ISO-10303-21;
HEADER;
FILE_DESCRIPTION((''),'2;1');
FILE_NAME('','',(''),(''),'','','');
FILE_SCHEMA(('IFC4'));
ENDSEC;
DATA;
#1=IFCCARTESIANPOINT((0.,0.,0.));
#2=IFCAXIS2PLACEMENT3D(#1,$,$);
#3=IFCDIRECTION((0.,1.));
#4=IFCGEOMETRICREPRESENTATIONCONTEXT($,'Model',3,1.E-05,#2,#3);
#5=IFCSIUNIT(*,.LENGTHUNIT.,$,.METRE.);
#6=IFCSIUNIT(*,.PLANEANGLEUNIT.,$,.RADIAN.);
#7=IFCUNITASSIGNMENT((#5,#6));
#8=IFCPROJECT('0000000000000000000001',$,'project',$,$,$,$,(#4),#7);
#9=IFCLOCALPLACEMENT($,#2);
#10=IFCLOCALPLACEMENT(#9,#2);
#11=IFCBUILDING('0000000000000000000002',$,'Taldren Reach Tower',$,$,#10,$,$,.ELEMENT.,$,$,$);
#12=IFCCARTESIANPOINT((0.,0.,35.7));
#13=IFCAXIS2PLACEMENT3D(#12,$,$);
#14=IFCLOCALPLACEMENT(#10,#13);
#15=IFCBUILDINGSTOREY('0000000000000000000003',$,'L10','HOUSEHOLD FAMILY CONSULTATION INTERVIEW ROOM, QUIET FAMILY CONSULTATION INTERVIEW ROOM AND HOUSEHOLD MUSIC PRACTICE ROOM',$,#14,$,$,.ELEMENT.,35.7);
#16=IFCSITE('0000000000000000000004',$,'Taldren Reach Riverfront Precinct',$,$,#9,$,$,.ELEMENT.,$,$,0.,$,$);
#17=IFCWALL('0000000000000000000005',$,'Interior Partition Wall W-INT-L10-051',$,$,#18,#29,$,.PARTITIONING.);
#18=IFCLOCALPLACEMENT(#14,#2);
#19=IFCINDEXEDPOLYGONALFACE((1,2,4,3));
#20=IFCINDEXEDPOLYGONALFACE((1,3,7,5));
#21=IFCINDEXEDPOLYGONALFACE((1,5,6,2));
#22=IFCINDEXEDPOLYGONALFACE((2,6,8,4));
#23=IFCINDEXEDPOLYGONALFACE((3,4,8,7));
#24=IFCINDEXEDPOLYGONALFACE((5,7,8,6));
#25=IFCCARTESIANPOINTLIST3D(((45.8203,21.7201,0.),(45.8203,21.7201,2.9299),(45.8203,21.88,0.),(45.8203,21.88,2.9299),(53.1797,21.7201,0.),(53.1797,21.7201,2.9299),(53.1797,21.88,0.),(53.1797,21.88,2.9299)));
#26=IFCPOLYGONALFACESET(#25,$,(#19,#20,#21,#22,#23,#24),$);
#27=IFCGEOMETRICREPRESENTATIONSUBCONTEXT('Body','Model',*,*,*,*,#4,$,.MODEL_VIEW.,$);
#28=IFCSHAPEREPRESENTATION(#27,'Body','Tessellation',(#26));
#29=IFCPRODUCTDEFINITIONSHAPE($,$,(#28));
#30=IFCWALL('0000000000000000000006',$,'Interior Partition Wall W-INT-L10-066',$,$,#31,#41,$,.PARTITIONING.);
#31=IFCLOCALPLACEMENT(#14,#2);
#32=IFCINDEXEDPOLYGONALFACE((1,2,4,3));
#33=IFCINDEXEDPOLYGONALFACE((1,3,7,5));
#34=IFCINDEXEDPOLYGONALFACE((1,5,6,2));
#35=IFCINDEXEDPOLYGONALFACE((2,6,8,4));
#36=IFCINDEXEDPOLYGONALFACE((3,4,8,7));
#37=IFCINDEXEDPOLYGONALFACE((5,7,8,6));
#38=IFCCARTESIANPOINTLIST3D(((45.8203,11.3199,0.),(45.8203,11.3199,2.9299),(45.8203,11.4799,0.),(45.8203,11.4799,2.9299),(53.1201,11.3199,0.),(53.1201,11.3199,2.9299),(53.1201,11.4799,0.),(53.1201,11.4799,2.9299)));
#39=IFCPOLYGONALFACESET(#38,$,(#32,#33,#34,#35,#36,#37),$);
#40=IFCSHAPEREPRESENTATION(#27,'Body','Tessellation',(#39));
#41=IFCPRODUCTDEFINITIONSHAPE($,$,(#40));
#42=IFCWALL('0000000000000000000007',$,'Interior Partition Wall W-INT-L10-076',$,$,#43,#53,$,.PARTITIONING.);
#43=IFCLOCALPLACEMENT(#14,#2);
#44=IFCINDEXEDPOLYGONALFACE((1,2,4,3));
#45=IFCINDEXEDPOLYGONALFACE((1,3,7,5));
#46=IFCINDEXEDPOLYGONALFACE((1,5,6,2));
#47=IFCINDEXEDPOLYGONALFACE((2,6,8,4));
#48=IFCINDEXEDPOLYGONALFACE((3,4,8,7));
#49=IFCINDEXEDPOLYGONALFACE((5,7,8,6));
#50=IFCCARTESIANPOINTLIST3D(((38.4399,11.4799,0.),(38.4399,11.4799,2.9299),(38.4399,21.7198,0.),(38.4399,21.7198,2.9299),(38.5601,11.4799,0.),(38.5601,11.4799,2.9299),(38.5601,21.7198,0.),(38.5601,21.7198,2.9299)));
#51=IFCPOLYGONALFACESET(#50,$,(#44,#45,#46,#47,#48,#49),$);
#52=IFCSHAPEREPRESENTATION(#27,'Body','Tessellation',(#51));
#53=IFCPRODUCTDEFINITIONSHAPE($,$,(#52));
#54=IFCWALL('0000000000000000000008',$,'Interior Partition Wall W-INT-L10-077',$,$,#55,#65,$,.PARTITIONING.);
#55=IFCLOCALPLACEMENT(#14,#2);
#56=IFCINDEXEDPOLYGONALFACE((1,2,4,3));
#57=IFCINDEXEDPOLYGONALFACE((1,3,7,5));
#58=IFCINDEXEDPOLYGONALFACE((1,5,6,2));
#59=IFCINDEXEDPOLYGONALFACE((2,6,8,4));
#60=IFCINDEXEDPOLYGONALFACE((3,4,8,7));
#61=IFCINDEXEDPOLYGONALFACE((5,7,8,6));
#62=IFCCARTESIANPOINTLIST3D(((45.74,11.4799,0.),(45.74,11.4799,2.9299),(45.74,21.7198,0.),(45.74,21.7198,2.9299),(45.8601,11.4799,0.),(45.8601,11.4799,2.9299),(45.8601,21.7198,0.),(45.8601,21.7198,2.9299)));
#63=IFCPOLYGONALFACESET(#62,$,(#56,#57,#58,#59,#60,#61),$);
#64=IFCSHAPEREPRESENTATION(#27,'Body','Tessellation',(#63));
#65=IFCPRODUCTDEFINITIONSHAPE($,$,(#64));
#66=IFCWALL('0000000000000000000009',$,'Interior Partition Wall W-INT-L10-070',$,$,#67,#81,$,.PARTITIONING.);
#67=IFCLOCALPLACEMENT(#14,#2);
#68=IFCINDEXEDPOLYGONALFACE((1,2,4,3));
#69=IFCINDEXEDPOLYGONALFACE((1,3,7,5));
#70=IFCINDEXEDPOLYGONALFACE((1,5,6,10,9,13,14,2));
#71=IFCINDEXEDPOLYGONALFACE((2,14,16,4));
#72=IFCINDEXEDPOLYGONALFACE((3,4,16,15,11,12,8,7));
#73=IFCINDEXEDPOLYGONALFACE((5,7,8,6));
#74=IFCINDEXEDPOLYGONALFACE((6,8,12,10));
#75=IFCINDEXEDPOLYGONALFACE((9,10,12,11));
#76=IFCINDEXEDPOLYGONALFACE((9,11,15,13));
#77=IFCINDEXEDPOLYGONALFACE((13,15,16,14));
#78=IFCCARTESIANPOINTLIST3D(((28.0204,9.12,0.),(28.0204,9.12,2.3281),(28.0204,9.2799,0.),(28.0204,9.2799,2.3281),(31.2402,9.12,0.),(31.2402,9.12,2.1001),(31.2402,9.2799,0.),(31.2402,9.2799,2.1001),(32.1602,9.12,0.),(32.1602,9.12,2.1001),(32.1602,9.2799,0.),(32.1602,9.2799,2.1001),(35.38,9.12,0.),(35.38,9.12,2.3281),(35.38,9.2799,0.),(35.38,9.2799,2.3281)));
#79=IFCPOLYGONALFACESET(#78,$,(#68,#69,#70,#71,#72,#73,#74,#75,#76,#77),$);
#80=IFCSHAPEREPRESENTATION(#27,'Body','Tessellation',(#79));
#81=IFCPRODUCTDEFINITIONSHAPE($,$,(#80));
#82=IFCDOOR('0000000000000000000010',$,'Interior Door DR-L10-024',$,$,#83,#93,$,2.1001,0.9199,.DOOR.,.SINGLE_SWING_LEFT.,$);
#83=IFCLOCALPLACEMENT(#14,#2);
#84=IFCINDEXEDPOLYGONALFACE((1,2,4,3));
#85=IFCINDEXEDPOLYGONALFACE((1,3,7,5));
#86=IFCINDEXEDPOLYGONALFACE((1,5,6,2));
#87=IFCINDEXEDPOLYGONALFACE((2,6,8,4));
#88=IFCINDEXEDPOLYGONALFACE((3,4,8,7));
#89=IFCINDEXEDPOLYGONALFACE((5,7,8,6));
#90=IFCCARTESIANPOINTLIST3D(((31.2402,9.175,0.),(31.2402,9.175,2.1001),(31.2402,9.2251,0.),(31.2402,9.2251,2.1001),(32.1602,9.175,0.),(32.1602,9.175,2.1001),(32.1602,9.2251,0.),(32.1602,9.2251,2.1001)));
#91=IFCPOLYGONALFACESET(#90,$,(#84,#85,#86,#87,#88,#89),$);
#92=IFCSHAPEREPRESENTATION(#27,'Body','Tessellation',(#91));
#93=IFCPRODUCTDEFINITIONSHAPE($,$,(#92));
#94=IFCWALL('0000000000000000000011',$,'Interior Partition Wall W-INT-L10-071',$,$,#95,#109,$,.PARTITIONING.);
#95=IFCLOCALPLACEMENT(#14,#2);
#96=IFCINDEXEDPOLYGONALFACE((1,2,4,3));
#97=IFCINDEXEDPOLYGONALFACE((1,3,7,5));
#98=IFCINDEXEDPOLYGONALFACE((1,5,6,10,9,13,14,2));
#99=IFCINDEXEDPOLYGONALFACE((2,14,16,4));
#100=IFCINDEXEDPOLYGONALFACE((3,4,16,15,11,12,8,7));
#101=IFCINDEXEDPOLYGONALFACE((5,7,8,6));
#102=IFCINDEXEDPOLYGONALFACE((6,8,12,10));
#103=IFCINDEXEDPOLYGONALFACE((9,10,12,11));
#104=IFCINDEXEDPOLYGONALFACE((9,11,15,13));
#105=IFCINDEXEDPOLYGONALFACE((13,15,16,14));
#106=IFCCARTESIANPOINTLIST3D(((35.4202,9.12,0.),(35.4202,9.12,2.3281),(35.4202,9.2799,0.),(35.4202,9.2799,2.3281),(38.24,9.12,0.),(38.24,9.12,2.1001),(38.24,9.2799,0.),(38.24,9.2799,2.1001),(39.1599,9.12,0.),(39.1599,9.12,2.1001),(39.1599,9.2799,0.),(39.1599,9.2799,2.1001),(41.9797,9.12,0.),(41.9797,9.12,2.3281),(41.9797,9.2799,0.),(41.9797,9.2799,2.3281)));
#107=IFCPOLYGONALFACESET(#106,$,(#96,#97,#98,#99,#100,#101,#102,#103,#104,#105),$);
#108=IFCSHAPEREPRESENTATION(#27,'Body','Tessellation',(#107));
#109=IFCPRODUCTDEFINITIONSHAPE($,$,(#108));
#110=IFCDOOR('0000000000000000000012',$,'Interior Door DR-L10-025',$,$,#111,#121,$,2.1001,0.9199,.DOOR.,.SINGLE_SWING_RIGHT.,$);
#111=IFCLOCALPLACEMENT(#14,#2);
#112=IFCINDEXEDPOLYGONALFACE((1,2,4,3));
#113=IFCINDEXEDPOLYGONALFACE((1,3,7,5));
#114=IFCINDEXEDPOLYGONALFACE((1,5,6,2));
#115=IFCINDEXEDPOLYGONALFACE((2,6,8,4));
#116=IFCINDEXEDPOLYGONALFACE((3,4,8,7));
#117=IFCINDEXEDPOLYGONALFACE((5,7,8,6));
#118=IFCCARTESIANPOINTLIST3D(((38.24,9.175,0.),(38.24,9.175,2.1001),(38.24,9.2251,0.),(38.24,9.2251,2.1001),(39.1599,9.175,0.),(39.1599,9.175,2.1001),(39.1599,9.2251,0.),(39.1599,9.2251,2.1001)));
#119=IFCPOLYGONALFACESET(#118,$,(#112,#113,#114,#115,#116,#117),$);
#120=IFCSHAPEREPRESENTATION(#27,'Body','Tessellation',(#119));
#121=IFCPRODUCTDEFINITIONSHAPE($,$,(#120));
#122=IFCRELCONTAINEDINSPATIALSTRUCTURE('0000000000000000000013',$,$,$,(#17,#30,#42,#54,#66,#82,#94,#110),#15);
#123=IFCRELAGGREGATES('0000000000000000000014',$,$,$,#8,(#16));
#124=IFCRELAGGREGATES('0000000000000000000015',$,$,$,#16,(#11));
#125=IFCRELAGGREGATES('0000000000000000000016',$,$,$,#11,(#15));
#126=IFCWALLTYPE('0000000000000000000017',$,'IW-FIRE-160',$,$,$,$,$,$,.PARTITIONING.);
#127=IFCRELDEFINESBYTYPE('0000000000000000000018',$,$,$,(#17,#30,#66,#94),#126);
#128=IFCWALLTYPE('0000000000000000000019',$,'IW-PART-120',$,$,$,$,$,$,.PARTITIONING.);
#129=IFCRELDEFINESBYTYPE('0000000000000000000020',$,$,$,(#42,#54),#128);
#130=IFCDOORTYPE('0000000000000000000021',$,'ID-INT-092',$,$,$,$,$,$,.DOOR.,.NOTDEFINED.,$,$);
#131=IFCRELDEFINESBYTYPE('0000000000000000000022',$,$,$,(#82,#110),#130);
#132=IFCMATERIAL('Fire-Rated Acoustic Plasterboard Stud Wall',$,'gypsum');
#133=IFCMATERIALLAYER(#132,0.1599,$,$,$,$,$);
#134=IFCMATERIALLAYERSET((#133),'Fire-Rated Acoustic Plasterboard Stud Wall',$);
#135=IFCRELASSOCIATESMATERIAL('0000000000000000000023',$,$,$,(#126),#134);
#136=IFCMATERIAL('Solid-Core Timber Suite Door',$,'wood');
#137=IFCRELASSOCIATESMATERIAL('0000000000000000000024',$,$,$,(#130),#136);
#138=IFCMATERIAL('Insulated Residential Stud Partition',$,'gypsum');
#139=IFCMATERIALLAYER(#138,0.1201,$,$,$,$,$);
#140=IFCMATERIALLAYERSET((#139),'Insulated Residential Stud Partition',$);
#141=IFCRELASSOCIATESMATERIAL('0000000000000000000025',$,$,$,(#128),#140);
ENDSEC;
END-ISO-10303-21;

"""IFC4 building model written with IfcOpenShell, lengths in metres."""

from ifc_helpers import new_model, si_unit, direction, frame, frame_2d, origin, place, context, subcontext, project, spatial, rectangle, extrude, source, transform, mapped, material, layer, layer_set, type_object, element, fill, save


model = new_model("IFC4")

# Units and contexts
model_context = context("Model", 3, precision=1e-05, world=origin(), true_north=direction((0.0, 1.0)))
body_context = subcontext(model_context, "Body", "Model", "MODEL_VIEW")
ifc_project = project(units=[si_unit("LENGTHUNIT", "METRE"), si_unit("PLANEANGLEUNIT", "RADIAN")], contexts=[model_context])

# Site, building, storey
site_placement = place(None, origin())
site = spatial("IfcSite", under=ifc_project, at=site_placement, Name="Taldren Reach Riverfront Precinct", CompositionType="ELEMENT", RefElevation=0.0)
building_placement = place(site_placement, origin())
building = spatial("IfcBuilding", under=site, at=building_placement, Name="Taldren Reach Tower", CompositionType="ELEMENT")
storey_placement = place(building_placement, frame((0.0, 0.0, 35.7)))
storey = spatial("IfcBuildingStorey", under=building, at=storey_placement, Name="L10", Description="HOUSEHOLD FAMILY CONSULTATION INTERVIEW ROOM, QUIET FAMILY CONSULTATION INTERVIEW ROOM AND HOUSEHOLD MUSIC PRACTICE ROOM", CompositionType="ELEMENT", Elevation=35.7)

# Shared definitions
ifc_material_1 = material(Name="Fire-Rated Acoustic Plasterboard Stud Wall", Category="gypsum")
ifc_layer_1 = layer(ifc_material_1, 0.1599)
ifc_layer_set_1 = layer_set([ifc_layer_1], Name="Fire-Rated Acoustic Plasterboard Stud Wall")
wall_type_1 = type_object("IfcWallType", Name="IW-FIRE-160", PredefinedType="PARTITIONING", material=ifc_layer_set_1)

# Shared definitions
shared_shape_1 = source(origin(), body_context, "Body", "SweptSolid", [
    extrude(rectangle(XDim=0.9199, YDim=2.1001, at=frame_2d((0.46, 1.05))), frame((0.0, 0.0898, 0.0), z_axis=(0.0, -1.0, 0.0), x_axis=(1.0, 0.0, 0.0)), (0.0, 0.0, 1.0), 0.1799),
])
ifc_material_2 = material(Name="Solid-Core Timber Suite Door", Category="wood")
door_type_1 = type_object("IfcDoorType", Name="ID-INT-092", OperationType="NOTDEFINED", PredefinedType="DOOR", material=ifc_material_2)
shared_shape_2 = source(origin(), body_context, "Body", "SweptSolid", [
    extrude(rectangle(XDim=0.9199, YDim=2.1001, at=frame_2d((0.46, 1.05))), frame((0.0, 0.0249, 0.0), z_axis=(0.0, -1.0, 0.0), x_axis=(1.0, 0.0, 0.0)), (0.0, 0.0, 1.0), 0.05),
])

# Walls
shared_shape_3 = source(origin(), body_context, "Body", "SweptSolid", [
    extrude(rectangle(XDim=7.3594, YDim=0.1599, at=frame_2d((3.6797, 0.0))), origin(), (0.0, 0.0, 1.0), 2.9299),
])
wall_1_placement = place(storey_placement, frame((53.1797, 21.8, 0.0), z_axis=(0.0, 0.0, 1.0), x_axis=(-1.0, 0.0, 0.0)))
element("IfcWall", 1, at=wall_1_placement, inside=storey, type_object=wall_type_1, Name="Interior Partition Wall W-INT-L10-051", PredefinedType="PARTITIONING", context=body_context, shape_type="MappedRepresentation", body=[
    mapped(shared_shape_3, transform((0.0, 0.0, 0.0), scale=1.0)),
])
shared_shape_4 = source(origin(), body_context, "Body", "SweptSolid", [
    extrude(rectangle(XDim=7.2998, YDim=0.1599, at=frame_2d((3.6499, 0.0))), origin(), (0.0, 0.0, 1.0), 2.9299),
])
wall_2_placement = place(storey_placement, frame((45.8203, 11.3999, 0.0), z_axis=(0.0, 0.0, 1.0), x_axis=(1.0, 0.0, 0.0)))
element("IfcWall", 2, at=wall_2_placement, inside=storey, type_object=wall_type_1, Name="Interior Partition Wall W-INT-L10-066", PredefinedType="PARTITIONING", context=body_context, shape_type="MappedRepresentation", body=[
    mapped(shared_shape_4, transform((0.0, 0.0, 0.0), scale=1.0)),
])
ifc_material_3 = material(Name="Insulated Residential Stud Partition", Category="gypsum")
ifc_layer_2 = layer(ifc_material_3, 0.1201)
ifc_layer_set_2 = layer_set([ifc_layer_2], Name="Insulated Residential Stud Partition")
wall_type_2 = type_object("IfcWallType", Name="IW-PART-120", PredefinedType="PARTITIONING", material=ifc_layer_set_2)
shared_shape_5 = source(origin(), body_context, "Body", "SweptSolid", [
    extrude(rectangle(XDim=10.24, YDim=0.1201, at=frame_2d((5.1201, 0.0))), origin(), (0.0, 0.0, 1.0), 2.9299),
])
for number, where, z_axis, x_axis, name in (
    (3, (38.5, 21.72, 0.0), (0.0, 0.0, 1.0), (0.0, -1.0, 0.0), "Interior Partition Wall W-INT-L10-076"),
    (4, (45.8, 21.72, 0.0), (0.0, 0.0, 1.0), (0.0, -1.0, 0.0), "Interior Partition Wall W-INT-L10-077"),
):
    element("IfcWall", number, at=place(storey_placement, frame(where, z_axis=z_axis, x_axis=x_axis)), inside=storey, type_object=wall_type_2, Name=name, PredefinedType="PARTITIONING", context=body_context, shape_type="MappedRepresentation", body=[
        mapped(shared_shape_5, transform((0.0, 0.0, 0.0), scale=1.0)),
    ])

# Walls, openings, doors
shared_shape_6 = source(origin(), body_context, "Body", "SweptSolid", [
    extrude(rectangle(XDim=7.3596, YDim=0.1599, at=frame_2d((3.6797, 0.0))), origin(), (0.0, 0.0, 1.0), 2.3281),
])
wall_3_placement = place(storey_placement, frame((35.3799, 9.2, 0.0), z_axis=(0.0, 0.0, 1.0), x_axis=(-1.0, 0.0, 0.0)))
wall_3 = element("IfcWall", 5, at=wall_3_placement, inside=storey, type_object=wall_type_1, Name="Interior Partition Wall W-INT-L10-070", PredefinedType="PARTITIONING", context=body_context, shape_type="MappedRepresentation", body=[
    mapped(shared_shape_6, transform((0.0, 0.0, 0.0), scale=1.0)),
])
opening_1_placement = place(wall_3_placement, frame((3.2197, 0.0, 0.0)))
opening_1 = element("IfcOpeningElement", 6, at=opening_1_placement, cuts=wall_3, PredefinedType="OPENING", context=body_context, shape_type="MappedRepresentation", body=[
    mapped(shared_shape_1, transform((0.0, 0.0, 0.0), scale=1.0)),
])
door_1_placement = place(opening_1_placement, origin())
door_1 = element("IfcDoor", 7, at=door_1_placement, inside=storey, type_object=door_type_1, Name="Interior Door DR-L10-024", OperationType="SINGLE_SWING_LEFT", OverallHeight=2.1001, OverallWidth=0.9199, PredefinedType="DOOR", context=body_context, shape_type="MappedRepresentation", body=[
    mapped(shared_shape_2, transform((0.0, 0.0, 0.0), scale=1.0)),
])
fill(opening_1, door_1)
shared_shape_7 = source(origin(), body_context, "Body", "SweptSolid", [
    extrude(rectangle(XDim=6.5596, YDim=0.1599, at=frame_2d((3.2798, 0.0))), origin(), (0.0, 0.0, 1.0), 2.3281),
])
wall_4_placement = place(storey_placement, frame((41.9797, 9.2, 0.0), z_axis=(0.0, 0.0, 1.0), x_axis=(-1.0, 0.0, 0.0)))
wall_4 = element("IfcWall", 8, at=wall_4_placement, inside=storey, type_object=wall_type_1, Name="Interior Partition Wall W-INT-L10-071", PredefinedType="PARTITIONING", context=body_context, shape_type="MappedRepresentation", body=[
    mapped(shared_shape_7, transform((0.0, 0.0, 0.0), scale=1.0)),
])
opening_2_placement = place(wall_4_placement, frame((2.8198, 0.0, 0.0)))
opening_2 = element("IfcOpeningElement", 9, at=opening_2_placement, cuts=wall_4, PredefinedType="OPENING", context=body_context, shape_type="MappedRepresentation", body=[
    mapped(shared_shape_1, transform((0.0, 0.0, 0.0), scale=1.0)),
])
door_2_placement = place(opening_2_placement, origin())
door_2 = element("IfcDoor", 10, at=door_2_placement, inside=storey, type_object=door_type_1, Name="Interior Door DR-L10-025", OperationType="SINGLE_SWING_RIGHT", OverallHeight=2.1001, OverallWidth=0.9199, PredefinedType="DOOR", context=body_context, shape_type="MappedRepresentation", body=[
    mapped(shared_shape_2, transform((0.0, 0.0, 0.0), scale=1.0)),
])
fill(opening_2, door_2)

save(model, "model.ifc")
